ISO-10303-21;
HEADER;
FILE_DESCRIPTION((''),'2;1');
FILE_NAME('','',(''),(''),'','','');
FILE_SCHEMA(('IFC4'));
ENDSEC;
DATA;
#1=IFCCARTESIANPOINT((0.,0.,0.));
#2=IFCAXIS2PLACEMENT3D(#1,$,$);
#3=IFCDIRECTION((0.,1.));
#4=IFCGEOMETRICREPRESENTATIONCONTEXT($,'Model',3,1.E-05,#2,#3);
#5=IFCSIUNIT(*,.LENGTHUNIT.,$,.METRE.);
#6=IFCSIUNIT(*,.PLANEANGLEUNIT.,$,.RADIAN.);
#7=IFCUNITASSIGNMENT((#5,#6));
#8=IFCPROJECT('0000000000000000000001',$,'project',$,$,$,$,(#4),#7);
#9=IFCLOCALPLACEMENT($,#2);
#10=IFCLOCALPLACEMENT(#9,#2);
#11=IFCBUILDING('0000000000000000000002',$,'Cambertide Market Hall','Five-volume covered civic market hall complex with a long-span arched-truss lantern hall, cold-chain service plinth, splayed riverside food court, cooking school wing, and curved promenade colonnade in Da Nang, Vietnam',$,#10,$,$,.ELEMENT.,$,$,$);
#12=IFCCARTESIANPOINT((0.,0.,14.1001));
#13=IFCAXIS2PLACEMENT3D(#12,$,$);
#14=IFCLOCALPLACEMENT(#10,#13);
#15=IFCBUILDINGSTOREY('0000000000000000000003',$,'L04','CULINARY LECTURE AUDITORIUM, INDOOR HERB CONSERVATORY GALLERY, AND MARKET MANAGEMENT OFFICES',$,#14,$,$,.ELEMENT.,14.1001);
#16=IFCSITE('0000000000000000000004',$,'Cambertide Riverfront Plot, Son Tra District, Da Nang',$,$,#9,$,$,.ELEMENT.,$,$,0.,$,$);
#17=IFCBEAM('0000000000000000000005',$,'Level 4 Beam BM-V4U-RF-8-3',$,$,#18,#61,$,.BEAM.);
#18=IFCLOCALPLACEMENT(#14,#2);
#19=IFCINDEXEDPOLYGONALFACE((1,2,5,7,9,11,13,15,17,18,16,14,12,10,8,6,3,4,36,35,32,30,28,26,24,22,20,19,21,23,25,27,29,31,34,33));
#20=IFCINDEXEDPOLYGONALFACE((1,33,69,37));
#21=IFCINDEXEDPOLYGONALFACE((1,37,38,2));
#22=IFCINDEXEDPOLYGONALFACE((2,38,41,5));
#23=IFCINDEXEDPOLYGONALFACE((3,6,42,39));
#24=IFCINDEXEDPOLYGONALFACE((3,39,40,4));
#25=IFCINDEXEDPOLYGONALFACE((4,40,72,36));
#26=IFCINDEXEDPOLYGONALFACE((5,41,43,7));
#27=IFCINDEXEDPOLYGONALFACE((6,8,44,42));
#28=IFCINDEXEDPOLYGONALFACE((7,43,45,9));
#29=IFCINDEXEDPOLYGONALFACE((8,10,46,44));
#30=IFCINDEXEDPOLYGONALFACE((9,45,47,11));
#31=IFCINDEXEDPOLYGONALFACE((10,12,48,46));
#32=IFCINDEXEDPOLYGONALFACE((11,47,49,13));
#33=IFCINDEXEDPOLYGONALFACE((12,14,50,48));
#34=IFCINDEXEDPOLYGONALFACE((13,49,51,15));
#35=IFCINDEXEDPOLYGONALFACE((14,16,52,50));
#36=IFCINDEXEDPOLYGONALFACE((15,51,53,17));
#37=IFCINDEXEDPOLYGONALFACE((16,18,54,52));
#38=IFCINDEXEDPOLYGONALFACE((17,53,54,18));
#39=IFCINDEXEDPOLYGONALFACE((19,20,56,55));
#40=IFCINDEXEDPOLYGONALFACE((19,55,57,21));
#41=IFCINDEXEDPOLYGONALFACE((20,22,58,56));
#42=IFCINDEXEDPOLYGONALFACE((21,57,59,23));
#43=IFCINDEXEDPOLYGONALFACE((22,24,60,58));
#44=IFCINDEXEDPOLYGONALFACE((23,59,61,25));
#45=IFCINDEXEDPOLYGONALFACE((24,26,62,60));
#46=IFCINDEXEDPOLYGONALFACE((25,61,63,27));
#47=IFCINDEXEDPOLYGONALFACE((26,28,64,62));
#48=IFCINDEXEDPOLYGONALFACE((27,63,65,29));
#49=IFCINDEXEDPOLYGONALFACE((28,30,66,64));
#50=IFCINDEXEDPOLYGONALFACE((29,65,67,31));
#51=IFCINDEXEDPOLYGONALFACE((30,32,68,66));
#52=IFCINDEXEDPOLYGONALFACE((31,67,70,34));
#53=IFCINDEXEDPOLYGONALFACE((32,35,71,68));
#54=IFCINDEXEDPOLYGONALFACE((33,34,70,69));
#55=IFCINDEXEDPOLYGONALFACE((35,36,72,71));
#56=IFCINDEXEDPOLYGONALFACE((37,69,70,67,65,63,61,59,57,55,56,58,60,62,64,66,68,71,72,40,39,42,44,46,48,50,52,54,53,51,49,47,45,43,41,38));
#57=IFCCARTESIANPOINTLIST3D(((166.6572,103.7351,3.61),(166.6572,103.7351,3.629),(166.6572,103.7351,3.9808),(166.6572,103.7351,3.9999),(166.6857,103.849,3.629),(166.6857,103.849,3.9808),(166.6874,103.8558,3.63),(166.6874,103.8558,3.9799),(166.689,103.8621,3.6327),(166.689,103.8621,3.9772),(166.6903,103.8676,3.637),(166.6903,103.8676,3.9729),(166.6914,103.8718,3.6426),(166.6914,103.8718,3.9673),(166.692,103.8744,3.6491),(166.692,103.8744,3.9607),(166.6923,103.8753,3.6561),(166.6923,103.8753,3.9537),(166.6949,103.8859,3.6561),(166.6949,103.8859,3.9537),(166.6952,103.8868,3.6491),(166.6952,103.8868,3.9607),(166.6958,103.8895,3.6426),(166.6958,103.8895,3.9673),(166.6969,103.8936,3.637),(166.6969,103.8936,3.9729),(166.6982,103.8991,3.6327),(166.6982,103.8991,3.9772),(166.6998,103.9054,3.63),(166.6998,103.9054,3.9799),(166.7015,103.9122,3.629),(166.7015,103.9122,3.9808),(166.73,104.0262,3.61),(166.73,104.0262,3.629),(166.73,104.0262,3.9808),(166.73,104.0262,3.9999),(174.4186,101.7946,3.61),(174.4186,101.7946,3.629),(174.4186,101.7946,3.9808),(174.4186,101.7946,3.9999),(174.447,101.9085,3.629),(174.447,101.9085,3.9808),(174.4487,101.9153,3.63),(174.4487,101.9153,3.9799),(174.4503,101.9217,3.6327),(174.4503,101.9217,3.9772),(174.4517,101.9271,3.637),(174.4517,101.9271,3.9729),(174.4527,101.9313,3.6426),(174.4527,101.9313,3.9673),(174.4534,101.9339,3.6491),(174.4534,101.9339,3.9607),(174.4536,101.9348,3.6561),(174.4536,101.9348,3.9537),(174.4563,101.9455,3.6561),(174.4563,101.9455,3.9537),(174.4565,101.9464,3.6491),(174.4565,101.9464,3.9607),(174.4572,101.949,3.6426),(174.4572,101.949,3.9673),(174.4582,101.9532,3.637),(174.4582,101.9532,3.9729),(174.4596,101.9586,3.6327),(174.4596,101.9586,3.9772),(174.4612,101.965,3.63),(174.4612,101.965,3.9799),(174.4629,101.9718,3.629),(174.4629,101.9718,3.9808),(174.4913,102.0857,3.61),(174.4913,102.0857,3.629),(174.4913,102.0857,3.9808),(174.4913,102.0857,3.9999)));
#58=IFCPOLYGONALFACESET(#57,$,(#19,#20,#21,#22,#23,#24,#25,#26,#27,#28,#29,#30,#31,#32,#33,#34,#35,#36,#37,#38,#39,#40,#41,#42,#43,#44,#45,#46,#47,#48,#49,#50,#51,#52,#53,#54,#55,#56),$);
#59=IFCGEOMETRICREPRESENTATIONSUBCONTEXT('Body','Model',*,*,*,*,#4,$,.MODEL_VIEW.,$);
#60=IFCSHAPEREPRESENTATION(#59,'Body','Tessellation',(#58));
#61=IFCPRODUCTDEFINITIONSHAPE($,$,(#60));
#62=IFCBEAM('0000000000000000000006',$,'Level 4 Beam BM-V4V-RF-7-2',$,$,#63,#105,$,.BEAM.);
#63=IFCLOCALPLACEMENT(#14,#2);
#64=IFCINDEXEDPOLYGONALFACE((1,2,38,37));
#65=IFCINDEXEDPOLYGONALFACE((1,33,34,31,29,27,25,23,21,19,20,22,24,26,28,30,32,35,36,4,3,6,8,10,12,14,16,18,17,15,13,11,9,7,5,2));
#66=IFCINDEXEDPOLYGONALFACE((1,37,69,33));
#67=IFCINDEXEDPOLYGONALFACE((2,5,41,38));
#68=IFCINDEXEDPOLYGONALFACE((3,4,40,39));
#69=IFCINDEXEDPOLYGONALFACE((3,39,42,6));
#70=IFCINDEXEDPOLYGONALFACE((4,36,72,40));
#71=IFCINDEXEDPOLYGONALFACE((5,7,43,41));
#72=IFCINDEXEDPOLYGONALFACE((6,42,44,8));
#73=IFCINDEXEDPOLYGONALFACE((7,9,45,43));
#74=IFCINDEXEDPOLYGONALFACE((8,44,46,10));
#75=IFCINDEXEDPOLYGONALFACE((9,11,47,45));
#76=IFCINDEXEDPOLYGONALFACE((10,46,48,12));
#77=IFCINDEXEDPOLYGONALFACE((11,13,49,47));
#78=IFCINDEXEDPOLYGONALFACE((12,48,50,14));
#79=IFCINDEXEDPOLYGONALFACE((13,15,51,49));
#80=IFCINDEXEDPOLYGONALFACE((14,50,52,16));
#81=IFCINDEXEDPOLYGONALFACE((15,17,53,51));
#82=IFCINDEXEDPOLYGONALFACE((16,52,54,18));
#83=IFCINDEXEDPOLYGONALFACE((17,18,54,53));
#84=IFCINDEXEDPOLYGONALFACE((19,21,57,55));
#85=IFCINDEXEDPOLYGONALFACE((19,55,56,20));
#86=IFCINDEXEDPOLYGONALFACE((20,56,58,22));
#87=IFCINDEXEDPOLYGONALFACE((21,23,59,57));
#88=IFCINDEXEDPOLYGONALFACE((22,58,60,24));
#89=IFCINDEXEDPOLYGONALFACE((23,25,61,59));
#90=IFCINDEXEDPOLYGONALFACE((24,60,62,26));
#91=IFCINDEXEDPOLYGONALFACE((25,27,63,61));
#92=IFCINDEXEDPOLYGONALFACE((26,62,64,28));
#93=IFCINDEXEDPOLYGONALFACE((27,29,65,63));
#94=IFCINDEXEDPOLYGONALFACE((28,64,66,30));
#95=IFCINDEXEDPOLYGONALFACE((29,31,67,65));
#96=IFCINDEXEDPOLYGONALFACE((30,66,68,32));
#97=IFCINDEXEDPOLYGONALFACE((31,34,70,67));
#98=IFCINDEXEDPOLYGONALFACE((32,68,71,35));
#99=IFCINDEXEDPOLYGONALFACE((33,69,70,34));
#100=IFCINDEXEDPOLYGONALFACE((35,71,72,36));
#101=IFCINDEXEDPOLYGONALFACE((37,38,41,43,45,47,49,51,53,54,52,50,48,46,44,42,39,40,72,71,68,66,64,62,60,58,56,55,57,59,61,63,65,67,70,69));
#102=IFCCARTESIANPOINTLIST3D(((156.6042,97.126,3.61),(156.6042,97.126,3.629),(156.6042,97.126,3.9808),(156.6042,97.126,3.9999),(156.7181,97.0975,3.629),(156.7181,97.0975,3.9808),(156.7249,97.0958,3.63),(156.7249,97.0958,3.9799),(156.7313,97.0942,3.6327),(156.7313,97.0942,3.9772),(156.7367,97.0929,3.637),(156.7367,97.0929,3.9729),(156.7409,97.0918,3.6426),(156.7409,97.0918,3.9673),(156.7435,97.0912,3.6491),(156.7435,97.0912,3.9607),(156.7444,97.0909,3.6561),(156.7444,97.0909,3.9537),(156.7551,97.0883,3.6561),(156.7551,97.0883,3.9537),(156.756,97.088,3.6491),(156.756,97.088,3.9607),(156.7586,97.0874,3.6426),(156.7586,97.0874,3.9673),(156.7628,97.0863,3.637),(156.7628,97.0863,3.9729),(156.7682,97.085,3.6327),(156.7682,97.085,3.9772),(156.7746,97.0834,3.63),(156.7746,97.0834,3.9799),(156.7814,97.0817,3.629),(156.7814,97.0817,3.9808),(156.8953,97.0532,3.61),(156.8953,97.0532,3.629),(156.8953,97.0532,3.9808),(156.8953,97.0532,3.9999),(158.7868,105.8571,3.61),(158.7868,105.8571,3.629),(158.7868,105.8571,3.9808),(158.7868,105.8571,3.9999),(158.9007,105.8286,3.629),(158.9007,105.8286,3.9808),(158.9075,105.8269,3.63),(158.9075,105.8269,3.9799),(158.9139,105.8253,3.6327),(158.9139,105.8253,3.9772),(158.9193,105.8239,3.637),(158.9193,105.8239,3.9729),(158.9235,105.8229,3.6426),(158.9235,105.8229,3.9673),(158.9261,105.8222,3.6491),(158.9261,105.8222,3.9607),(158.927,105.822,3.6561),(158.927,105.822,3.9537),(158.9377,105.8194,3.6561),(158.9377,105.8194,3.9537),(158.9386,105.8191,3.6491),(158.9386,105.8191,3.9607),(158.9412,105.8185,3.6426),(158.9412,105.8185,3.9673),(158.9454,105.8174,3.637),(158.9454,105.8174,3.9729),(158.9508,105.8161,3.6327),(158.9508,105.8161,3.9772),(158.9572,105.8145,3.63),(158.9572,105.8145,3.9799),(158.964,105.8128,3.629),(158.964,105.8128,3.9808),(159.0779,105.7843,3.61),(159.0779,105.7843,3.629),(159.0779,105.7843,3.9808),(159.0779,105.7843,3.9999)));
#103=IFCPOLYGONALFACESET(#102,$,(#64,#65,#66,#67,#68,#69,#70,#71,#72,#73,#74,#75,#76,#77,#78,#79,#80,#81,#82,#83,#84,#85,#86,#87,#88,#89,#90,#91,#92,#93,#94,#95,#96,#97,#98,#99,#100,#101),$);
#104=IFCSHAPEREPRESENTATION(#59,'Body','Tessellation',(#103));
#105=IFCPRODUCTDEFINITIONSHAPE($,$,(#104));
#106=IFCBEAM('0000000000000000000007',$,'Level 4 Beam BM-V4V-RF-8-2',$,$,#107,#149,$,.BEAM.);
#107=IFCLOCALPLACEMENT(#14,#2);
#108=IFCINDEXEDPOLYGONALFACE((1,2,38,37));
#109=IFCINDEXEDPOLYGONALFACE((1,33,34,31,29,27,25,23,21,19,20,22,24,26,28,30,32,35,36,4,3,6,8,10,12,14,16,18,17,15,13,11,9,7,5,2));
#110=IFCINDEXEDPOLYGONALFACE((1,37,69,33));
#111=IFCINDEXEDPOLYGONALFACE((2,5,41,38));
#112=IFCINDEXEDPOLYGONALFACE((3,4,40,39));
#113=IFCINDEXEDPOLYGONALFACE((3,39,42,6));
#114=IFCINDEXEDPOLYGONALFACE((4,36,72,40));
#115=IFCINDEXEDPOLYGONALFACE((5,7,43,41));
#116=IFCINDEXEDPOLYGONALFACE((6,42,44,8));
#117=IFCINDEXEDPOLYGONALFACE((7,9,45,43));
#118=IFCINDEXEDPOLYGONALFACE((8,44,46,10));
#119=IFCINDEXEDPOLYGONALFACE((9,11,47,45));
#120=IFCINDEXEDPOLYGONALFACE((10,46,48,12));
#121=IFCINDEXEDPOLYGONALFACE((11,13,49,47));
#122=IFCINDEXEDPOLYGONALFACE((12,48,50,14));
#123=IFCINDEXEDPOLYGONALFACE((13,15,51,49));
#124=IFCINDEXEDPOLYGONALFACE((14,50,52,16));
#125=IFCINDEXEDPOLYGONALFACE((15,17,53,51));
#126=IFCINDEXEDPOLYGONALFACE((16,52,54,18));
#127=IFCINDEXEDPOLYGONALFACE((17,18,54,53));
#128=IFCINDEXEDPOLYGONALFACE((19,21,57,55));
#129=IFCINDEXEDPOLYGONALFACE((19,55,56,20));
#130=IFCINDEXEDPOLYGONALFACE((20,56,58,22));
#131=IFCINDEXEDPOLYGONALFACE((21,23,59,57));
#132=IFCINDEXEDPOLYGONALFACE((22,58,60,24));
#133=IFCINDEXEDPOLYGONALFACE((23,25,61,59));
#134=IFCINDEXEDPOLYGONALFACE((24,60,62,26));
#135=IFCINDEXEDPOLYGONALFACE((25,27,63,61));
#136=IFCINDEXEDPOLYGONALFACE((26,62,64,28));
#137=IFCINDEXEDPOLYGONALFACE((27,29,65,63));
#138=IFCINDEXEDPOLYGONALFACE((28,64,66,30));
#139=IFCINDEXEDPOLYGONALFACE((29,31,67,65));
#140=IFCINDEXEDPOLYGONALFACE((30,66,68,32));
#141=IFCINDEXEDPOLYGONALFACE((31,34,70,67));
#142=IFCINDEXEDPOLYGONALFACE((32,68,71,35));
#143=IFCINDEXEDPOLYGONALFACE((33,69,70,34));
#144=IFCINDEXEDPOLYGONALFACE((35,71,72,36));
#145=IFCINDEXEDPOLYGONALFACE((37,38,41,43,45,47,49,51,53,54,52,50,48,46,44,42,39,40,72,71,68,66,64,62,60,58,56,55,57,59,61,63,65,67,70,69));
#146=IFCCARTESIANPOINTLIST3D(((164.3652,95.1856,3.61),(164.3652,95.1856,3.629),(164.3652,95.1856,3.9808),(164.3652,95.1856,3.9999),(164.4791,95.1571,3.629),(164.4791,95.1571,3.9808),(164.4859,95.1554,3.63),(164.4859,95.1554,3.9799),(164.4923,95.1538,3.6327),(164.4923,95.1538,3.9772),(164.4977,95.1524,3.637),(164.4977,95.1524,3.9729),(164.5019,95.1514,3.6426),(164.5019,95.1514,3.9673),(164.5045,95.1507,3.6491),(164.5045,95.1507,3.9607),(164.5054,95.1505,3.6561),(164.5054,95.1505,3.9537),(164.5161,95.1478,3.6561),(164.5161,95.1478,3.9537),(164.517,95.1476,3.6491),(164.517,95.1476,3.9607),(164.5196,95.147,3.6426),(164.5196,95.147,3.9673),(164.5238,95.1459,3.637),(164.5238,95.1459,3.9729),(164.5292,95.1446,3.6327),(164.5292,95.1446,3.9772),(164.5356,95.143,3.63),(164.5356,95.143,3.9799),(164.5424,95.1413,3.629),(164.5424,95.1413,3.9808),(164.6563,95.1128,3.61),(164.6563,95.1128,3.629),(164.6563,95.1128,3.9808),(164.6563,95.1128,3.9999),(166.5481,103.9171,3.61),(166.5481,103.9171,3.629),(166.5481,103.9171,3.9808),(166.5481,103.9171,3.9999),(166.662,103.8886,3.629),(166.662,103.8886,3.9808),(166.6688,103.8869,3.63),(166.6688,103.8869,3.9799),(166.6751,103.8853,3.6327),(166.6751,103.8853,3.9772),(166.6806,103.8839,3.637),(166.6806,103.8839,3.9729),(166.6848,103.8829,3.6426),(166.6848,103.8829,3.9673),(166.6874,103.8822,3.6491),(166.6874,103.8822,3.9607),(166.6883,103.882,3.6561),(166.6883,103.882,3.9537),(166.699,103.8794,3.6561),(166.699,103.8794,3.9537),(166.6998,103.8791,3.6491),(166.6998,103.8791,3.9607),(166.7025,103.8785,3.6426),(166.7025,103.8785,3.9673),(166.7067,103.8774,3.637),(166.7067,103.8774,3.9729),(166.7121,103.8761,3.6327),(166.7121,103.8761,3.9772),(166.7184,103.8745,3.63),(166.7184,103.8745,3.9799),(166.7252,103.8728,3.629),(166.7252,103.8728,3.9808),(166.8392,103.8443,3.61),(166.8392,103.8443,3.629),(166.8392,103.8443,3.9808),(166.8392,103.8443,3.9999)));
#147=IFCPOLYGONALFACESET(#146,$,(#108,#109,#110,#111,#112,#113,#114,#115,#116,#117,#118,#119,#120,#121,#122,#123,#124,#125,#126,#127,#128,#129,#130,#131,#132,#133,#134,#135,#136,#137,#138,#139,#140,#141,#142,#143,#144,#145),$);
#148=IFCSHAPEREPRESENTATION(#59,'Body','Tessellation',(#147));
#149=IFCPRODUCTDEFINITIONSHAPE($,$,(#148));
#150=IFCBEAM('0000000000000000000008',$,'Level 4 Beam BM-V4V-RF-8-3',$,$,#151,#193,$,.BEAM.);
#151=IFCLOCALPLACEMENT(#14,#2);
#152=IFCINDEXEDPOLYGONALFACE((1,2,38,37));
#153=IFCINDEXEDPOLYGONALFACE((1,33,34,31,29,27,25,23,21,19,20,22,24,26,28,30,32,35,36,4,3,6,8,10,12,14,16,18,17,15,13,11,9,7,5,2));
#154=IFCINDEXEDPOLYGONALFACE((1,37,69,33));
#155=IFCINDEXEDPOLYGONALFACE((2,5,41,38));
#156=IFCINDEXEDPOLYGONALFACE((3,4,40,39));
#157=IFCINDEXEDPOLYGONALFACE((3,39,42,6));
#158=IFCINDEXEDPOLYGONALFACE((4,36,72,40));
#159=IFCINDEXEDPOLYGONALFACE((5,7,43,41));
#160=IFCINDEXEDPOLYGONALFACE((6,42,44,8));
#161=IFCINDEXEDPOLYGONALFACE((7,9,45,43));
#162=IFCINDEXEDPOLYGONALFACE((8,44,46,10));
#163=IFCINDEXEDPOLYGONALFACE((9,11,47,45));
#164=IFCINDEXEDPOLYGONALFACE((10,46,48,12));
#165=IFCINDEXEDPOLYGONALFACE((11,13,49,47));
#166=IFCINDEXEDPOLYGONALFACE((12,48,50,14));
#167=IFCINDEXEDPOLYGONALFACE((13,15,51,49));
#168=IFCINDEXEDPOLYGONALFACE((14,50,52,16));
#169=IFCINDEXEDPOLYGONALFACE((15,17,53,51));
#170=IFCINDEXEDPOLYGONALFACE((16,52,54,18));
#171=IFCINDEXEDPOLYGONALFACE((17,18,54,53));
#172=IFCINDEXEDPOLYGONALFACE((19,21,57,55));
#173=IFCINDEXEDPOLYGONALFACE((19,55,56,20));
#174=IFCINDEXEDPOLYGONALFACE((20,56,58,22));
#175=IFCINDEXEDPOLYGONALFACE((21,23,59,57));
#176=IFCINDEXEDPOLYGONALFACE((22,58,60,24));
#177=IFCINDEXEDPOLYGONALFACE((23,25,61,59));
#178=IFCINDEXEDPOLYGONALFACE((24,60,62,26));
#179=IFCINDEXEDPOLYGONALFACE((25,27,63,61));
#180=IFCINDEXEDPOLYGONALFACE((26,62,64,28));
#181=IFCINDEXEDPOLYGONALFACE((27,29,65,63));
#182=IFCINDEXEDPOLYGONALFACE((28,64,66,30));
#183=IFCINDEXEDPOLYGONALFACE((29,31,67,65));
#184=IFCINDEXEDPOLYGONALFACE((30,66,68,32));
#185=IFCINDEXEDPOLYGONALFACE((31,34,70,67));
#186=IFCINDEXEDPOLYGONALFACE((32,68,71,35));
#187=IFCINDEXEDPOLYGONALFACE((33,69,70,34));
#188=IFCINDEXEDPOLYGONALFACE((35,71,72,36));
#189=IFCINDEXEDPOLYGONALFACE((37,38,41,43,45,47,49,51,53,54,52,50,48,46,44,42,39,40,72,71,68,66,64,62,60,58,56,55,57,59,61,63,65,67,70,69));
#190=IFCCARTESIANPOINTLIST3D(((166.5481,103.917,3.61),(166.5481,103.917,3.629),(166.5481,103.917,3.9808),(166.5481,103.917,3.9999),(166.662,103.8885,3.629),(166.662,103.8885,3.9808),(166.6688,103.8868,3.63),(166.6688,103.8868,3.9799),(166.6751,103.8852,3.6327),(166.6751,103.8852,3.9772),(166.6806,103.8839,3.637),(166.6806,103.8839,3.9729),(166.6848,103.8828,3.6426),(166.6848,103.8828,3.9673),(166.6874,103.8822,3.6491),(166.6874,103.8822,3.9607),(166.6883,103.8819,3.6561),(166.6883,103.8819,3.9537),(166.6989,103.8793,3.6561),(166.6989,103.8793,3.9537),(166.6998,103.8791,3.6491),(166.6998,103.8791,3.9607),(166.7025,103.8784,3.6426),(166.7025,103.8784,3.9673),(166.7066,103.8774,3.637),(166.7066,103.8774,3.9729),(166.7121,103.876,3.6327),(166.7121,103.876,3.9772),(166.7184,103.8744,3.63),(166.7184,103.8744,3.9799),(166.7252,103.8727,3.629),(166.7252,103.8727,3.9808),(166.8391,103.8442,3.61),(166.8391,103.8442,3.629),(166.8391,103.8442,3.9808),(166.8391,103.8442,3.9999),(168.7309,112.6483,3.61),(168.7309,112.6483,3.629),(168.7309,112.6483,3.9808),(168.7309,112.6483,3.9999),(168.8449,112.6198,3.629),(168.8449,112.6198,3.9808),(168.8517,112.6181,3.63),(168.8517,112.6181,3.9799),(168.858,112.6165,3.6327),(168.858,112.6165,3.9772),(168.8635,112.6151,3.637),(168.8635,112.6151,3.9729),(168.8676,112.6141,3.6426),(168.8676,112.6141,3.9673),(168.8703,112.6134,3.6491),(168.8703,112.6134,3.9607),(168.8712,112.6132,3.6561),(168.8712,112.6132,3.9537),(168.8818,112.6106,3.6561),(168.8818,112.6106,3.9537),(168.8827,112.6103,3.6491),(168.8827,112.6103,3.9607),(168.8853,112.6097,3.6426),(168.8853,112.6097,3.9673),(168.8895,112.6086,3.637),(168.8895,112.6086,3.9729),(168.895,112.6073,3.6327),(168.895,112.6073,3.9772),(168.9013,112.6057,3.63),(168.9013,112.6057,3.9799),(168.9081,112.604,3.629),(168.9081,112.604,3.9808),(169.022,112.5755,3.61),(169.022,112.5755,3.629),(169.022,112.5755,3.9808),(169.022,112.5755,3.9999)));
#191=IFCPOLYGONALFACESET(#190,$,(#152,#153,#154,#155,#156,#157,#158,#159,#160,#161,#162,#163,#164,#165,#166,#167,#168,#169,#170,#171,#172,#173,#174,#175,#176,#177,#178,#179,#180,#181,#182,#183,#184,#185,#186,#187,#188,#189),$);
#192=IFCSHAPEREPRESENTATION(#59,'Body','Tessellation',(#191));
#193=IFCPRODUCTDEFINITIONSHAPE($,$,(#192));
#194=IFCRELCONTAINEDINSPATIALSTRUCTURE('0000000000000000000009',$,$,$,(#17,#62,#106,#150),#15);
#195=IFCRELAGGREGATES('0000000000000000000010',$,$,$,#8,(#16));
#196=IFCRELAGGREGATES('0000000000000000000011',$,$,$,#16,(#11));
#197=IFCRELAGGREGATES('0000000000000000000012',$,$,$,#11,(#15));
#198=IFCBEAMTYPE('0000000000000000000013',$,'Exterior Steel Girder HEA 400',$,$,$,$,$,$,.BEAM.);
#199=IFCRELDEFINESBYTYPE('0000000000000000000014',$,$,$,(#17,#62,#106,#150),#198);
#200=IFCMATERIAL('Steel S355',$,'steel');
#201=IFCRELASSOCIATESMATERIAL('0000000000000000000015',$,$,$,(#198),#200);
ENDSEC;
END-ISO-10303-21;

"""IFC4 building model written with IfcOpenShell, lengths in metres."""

from ifc_helpers import new_model, si_unit, direction, frame, origin, origin_2d, place, context, subcontext, project, spatial, i_section, extrude, material, material_profile, profile_set, type_object, element, save


model = new_model("IFC4")

# Units and contexts
model_context = context("Model", 3, precision=1e-05, world=origin(), true_north=direction((0.0, 1.0)))
body_context = subcontext(model_context, "Body", "Model", "MODEL_VIEW")
ifc_project = project(units=[si_unit("LENGTHUNIT", "METRE"), si_unit("PLANEANGLEUNIT", "RADIAN")], contexts=[model_context])

# Site, building, storey
site_placement = place(None, origin())
site = spatial("IfcSite", under=ifc_project, at=site_placement, Name="Cambertide Riverfront Plot, Son Tra District, Da Nang", CompositionType="ELEMENT", RefElevation=0.0)
building_placement = place(site_placement, origin())
building = spatial("IfcBuilding", under=site, at=building_placement, Name="Cambertide Market Hall", Description="Five-volume covered civic market hall complex with a long-span arched-truss lantern hall, cold-chain service plinth, splayed riverside food court, cooking school wing, and curved promenade colonnade in Da Nang, Vietnam", CompositionType="ELEMENT")
storey_placement = place(building_placement, frame((0.0, 0.0, 14.1001)))
storey = spatial("IfcBuildingStorey", under=building, at=storey_placement, Name="L04", Description="CULINARY LECTURE AUDITORIUM, INDOOR HERB CONSERVATORY GALLERY, AND MARKET MANAGEMENT OFFICES", CompositionType="ELEMENT", Elevation=14.1001)

# Beams
ifc_material_1 = material(Name="Steel S355", Category="steel")
ifc_material_profile_1 = material_profile(ifc_material_1, i_section(OverallWidth=0.3, OverallDepth=0.3899, WebThickness=0.011, FlangeThickness=0.019, FilletRadius=0.0271, at=origin_2d()), Name="HEA 400")
ifc_profile_set_1 = profile_set([ifc_material_profile_1], Name="Steel S355")
beam_type_1 = type_object("IfcBeamType", Name="Exterior Steel Girder HEA 400", PredefinedType="BEAM", material=ifc_profile_set_1)
beam_1_placement = place(storey_placement, frame((166.6936, 103.8806, 3.8049), z_axis=(0.970139, -0.24255, 0.0), x_axis=(0.24255, 0.970139, 0.0)))
element("IfcBeam", 1, at=beam_1_placement, inside=storey, type_object=beam_type_1, Name="Level 4 Beam BM-V4U-RF-8-3", PredefinedType="BEAM", context=body_context, shape_type="SweptSolid", body=[
    extrude(i_section(OverallWidth=0.3, OverallDepth=0.3899, WebThickness=0.011, FlangeThickness=0.019, FilletRadius=0.0271, at=origin_2d()), origin(), (0.0, 0.0, 1.0), 8.0002),
])
beam_2_placement = place(storey_placement, frame((156.7498, 97.0896, 3.8049), z_axis=(0.242516, 0.970147, 0.0), x_axis=(-0.970147, 0.242516, 0.0)))
element("IfcBeam", 2, at=beam_2_placement, inside=storey, type_object=beam_type_1, Name="Level 4 Beam BM-V4V-RF-7-2", PredefinedType="BEAM", context=body_context, shape_type="SweptSolid", body=[
    extrude(i_section(OverallWidth=0.3, OverallDepth=0.3899, WebThickness=0.011, FlangeThickness=0.019, FilletRadius=0.0271, at=origin_2d()), origin(), (0.0, 0.0, 1.0), 8.9998),
])
beam_3_placement = place(storey_placement, frame((164.5107, 95.1492, 3.8049), z_axis=(0.242536, 0.970143, 0.0), x_axis=(-0.970143, 0.242536, 0.0)))
element("IfcBeam", 3, at=beam_3_placement, inside=storey, type_object=beam_type_1, Name="Level 4 Beam BM-V4V-RF-8-2", PredefinedType="BEAM", context=body_context, shape_type="SweptSolid", body=[
    extrude(i_section(OverallWidth=0.3, OverallDepth=0.3899, WebThickness=0.011, FlangeThickness=0.019, FilletRadius=0.0271, at=origin_2d()), origin(), (0.0, 0.0, 1.0), 9.0002),
])
beam_4_placement = place(storey_placement, frame((166.6936, 103.8806, 3.8049), z_axis=(0.242542, 0.970141, 0.0), x_axis=(-0.970141, 0.242542, 0.0)))
element("IfcBeam", 4, at=beam_4_placement, inside=storey, type_object=beam_type_1, Name="Level 4 Beam BM-V4V-RF-8-3", PredefinedType="BEAM", context=body_context, shape_type="SweptSolid", body=[
    extrude(i_section(OverallWidth=0.3, OverallDepth=0.3899, WebThickness=0.011, FlangeThickness=0.019, FilletRadius=0.0271, at=origin_2d()), origin(), (0.0, 0.0, 1.0), 9.0),
])

save(model, "model.ifc")
